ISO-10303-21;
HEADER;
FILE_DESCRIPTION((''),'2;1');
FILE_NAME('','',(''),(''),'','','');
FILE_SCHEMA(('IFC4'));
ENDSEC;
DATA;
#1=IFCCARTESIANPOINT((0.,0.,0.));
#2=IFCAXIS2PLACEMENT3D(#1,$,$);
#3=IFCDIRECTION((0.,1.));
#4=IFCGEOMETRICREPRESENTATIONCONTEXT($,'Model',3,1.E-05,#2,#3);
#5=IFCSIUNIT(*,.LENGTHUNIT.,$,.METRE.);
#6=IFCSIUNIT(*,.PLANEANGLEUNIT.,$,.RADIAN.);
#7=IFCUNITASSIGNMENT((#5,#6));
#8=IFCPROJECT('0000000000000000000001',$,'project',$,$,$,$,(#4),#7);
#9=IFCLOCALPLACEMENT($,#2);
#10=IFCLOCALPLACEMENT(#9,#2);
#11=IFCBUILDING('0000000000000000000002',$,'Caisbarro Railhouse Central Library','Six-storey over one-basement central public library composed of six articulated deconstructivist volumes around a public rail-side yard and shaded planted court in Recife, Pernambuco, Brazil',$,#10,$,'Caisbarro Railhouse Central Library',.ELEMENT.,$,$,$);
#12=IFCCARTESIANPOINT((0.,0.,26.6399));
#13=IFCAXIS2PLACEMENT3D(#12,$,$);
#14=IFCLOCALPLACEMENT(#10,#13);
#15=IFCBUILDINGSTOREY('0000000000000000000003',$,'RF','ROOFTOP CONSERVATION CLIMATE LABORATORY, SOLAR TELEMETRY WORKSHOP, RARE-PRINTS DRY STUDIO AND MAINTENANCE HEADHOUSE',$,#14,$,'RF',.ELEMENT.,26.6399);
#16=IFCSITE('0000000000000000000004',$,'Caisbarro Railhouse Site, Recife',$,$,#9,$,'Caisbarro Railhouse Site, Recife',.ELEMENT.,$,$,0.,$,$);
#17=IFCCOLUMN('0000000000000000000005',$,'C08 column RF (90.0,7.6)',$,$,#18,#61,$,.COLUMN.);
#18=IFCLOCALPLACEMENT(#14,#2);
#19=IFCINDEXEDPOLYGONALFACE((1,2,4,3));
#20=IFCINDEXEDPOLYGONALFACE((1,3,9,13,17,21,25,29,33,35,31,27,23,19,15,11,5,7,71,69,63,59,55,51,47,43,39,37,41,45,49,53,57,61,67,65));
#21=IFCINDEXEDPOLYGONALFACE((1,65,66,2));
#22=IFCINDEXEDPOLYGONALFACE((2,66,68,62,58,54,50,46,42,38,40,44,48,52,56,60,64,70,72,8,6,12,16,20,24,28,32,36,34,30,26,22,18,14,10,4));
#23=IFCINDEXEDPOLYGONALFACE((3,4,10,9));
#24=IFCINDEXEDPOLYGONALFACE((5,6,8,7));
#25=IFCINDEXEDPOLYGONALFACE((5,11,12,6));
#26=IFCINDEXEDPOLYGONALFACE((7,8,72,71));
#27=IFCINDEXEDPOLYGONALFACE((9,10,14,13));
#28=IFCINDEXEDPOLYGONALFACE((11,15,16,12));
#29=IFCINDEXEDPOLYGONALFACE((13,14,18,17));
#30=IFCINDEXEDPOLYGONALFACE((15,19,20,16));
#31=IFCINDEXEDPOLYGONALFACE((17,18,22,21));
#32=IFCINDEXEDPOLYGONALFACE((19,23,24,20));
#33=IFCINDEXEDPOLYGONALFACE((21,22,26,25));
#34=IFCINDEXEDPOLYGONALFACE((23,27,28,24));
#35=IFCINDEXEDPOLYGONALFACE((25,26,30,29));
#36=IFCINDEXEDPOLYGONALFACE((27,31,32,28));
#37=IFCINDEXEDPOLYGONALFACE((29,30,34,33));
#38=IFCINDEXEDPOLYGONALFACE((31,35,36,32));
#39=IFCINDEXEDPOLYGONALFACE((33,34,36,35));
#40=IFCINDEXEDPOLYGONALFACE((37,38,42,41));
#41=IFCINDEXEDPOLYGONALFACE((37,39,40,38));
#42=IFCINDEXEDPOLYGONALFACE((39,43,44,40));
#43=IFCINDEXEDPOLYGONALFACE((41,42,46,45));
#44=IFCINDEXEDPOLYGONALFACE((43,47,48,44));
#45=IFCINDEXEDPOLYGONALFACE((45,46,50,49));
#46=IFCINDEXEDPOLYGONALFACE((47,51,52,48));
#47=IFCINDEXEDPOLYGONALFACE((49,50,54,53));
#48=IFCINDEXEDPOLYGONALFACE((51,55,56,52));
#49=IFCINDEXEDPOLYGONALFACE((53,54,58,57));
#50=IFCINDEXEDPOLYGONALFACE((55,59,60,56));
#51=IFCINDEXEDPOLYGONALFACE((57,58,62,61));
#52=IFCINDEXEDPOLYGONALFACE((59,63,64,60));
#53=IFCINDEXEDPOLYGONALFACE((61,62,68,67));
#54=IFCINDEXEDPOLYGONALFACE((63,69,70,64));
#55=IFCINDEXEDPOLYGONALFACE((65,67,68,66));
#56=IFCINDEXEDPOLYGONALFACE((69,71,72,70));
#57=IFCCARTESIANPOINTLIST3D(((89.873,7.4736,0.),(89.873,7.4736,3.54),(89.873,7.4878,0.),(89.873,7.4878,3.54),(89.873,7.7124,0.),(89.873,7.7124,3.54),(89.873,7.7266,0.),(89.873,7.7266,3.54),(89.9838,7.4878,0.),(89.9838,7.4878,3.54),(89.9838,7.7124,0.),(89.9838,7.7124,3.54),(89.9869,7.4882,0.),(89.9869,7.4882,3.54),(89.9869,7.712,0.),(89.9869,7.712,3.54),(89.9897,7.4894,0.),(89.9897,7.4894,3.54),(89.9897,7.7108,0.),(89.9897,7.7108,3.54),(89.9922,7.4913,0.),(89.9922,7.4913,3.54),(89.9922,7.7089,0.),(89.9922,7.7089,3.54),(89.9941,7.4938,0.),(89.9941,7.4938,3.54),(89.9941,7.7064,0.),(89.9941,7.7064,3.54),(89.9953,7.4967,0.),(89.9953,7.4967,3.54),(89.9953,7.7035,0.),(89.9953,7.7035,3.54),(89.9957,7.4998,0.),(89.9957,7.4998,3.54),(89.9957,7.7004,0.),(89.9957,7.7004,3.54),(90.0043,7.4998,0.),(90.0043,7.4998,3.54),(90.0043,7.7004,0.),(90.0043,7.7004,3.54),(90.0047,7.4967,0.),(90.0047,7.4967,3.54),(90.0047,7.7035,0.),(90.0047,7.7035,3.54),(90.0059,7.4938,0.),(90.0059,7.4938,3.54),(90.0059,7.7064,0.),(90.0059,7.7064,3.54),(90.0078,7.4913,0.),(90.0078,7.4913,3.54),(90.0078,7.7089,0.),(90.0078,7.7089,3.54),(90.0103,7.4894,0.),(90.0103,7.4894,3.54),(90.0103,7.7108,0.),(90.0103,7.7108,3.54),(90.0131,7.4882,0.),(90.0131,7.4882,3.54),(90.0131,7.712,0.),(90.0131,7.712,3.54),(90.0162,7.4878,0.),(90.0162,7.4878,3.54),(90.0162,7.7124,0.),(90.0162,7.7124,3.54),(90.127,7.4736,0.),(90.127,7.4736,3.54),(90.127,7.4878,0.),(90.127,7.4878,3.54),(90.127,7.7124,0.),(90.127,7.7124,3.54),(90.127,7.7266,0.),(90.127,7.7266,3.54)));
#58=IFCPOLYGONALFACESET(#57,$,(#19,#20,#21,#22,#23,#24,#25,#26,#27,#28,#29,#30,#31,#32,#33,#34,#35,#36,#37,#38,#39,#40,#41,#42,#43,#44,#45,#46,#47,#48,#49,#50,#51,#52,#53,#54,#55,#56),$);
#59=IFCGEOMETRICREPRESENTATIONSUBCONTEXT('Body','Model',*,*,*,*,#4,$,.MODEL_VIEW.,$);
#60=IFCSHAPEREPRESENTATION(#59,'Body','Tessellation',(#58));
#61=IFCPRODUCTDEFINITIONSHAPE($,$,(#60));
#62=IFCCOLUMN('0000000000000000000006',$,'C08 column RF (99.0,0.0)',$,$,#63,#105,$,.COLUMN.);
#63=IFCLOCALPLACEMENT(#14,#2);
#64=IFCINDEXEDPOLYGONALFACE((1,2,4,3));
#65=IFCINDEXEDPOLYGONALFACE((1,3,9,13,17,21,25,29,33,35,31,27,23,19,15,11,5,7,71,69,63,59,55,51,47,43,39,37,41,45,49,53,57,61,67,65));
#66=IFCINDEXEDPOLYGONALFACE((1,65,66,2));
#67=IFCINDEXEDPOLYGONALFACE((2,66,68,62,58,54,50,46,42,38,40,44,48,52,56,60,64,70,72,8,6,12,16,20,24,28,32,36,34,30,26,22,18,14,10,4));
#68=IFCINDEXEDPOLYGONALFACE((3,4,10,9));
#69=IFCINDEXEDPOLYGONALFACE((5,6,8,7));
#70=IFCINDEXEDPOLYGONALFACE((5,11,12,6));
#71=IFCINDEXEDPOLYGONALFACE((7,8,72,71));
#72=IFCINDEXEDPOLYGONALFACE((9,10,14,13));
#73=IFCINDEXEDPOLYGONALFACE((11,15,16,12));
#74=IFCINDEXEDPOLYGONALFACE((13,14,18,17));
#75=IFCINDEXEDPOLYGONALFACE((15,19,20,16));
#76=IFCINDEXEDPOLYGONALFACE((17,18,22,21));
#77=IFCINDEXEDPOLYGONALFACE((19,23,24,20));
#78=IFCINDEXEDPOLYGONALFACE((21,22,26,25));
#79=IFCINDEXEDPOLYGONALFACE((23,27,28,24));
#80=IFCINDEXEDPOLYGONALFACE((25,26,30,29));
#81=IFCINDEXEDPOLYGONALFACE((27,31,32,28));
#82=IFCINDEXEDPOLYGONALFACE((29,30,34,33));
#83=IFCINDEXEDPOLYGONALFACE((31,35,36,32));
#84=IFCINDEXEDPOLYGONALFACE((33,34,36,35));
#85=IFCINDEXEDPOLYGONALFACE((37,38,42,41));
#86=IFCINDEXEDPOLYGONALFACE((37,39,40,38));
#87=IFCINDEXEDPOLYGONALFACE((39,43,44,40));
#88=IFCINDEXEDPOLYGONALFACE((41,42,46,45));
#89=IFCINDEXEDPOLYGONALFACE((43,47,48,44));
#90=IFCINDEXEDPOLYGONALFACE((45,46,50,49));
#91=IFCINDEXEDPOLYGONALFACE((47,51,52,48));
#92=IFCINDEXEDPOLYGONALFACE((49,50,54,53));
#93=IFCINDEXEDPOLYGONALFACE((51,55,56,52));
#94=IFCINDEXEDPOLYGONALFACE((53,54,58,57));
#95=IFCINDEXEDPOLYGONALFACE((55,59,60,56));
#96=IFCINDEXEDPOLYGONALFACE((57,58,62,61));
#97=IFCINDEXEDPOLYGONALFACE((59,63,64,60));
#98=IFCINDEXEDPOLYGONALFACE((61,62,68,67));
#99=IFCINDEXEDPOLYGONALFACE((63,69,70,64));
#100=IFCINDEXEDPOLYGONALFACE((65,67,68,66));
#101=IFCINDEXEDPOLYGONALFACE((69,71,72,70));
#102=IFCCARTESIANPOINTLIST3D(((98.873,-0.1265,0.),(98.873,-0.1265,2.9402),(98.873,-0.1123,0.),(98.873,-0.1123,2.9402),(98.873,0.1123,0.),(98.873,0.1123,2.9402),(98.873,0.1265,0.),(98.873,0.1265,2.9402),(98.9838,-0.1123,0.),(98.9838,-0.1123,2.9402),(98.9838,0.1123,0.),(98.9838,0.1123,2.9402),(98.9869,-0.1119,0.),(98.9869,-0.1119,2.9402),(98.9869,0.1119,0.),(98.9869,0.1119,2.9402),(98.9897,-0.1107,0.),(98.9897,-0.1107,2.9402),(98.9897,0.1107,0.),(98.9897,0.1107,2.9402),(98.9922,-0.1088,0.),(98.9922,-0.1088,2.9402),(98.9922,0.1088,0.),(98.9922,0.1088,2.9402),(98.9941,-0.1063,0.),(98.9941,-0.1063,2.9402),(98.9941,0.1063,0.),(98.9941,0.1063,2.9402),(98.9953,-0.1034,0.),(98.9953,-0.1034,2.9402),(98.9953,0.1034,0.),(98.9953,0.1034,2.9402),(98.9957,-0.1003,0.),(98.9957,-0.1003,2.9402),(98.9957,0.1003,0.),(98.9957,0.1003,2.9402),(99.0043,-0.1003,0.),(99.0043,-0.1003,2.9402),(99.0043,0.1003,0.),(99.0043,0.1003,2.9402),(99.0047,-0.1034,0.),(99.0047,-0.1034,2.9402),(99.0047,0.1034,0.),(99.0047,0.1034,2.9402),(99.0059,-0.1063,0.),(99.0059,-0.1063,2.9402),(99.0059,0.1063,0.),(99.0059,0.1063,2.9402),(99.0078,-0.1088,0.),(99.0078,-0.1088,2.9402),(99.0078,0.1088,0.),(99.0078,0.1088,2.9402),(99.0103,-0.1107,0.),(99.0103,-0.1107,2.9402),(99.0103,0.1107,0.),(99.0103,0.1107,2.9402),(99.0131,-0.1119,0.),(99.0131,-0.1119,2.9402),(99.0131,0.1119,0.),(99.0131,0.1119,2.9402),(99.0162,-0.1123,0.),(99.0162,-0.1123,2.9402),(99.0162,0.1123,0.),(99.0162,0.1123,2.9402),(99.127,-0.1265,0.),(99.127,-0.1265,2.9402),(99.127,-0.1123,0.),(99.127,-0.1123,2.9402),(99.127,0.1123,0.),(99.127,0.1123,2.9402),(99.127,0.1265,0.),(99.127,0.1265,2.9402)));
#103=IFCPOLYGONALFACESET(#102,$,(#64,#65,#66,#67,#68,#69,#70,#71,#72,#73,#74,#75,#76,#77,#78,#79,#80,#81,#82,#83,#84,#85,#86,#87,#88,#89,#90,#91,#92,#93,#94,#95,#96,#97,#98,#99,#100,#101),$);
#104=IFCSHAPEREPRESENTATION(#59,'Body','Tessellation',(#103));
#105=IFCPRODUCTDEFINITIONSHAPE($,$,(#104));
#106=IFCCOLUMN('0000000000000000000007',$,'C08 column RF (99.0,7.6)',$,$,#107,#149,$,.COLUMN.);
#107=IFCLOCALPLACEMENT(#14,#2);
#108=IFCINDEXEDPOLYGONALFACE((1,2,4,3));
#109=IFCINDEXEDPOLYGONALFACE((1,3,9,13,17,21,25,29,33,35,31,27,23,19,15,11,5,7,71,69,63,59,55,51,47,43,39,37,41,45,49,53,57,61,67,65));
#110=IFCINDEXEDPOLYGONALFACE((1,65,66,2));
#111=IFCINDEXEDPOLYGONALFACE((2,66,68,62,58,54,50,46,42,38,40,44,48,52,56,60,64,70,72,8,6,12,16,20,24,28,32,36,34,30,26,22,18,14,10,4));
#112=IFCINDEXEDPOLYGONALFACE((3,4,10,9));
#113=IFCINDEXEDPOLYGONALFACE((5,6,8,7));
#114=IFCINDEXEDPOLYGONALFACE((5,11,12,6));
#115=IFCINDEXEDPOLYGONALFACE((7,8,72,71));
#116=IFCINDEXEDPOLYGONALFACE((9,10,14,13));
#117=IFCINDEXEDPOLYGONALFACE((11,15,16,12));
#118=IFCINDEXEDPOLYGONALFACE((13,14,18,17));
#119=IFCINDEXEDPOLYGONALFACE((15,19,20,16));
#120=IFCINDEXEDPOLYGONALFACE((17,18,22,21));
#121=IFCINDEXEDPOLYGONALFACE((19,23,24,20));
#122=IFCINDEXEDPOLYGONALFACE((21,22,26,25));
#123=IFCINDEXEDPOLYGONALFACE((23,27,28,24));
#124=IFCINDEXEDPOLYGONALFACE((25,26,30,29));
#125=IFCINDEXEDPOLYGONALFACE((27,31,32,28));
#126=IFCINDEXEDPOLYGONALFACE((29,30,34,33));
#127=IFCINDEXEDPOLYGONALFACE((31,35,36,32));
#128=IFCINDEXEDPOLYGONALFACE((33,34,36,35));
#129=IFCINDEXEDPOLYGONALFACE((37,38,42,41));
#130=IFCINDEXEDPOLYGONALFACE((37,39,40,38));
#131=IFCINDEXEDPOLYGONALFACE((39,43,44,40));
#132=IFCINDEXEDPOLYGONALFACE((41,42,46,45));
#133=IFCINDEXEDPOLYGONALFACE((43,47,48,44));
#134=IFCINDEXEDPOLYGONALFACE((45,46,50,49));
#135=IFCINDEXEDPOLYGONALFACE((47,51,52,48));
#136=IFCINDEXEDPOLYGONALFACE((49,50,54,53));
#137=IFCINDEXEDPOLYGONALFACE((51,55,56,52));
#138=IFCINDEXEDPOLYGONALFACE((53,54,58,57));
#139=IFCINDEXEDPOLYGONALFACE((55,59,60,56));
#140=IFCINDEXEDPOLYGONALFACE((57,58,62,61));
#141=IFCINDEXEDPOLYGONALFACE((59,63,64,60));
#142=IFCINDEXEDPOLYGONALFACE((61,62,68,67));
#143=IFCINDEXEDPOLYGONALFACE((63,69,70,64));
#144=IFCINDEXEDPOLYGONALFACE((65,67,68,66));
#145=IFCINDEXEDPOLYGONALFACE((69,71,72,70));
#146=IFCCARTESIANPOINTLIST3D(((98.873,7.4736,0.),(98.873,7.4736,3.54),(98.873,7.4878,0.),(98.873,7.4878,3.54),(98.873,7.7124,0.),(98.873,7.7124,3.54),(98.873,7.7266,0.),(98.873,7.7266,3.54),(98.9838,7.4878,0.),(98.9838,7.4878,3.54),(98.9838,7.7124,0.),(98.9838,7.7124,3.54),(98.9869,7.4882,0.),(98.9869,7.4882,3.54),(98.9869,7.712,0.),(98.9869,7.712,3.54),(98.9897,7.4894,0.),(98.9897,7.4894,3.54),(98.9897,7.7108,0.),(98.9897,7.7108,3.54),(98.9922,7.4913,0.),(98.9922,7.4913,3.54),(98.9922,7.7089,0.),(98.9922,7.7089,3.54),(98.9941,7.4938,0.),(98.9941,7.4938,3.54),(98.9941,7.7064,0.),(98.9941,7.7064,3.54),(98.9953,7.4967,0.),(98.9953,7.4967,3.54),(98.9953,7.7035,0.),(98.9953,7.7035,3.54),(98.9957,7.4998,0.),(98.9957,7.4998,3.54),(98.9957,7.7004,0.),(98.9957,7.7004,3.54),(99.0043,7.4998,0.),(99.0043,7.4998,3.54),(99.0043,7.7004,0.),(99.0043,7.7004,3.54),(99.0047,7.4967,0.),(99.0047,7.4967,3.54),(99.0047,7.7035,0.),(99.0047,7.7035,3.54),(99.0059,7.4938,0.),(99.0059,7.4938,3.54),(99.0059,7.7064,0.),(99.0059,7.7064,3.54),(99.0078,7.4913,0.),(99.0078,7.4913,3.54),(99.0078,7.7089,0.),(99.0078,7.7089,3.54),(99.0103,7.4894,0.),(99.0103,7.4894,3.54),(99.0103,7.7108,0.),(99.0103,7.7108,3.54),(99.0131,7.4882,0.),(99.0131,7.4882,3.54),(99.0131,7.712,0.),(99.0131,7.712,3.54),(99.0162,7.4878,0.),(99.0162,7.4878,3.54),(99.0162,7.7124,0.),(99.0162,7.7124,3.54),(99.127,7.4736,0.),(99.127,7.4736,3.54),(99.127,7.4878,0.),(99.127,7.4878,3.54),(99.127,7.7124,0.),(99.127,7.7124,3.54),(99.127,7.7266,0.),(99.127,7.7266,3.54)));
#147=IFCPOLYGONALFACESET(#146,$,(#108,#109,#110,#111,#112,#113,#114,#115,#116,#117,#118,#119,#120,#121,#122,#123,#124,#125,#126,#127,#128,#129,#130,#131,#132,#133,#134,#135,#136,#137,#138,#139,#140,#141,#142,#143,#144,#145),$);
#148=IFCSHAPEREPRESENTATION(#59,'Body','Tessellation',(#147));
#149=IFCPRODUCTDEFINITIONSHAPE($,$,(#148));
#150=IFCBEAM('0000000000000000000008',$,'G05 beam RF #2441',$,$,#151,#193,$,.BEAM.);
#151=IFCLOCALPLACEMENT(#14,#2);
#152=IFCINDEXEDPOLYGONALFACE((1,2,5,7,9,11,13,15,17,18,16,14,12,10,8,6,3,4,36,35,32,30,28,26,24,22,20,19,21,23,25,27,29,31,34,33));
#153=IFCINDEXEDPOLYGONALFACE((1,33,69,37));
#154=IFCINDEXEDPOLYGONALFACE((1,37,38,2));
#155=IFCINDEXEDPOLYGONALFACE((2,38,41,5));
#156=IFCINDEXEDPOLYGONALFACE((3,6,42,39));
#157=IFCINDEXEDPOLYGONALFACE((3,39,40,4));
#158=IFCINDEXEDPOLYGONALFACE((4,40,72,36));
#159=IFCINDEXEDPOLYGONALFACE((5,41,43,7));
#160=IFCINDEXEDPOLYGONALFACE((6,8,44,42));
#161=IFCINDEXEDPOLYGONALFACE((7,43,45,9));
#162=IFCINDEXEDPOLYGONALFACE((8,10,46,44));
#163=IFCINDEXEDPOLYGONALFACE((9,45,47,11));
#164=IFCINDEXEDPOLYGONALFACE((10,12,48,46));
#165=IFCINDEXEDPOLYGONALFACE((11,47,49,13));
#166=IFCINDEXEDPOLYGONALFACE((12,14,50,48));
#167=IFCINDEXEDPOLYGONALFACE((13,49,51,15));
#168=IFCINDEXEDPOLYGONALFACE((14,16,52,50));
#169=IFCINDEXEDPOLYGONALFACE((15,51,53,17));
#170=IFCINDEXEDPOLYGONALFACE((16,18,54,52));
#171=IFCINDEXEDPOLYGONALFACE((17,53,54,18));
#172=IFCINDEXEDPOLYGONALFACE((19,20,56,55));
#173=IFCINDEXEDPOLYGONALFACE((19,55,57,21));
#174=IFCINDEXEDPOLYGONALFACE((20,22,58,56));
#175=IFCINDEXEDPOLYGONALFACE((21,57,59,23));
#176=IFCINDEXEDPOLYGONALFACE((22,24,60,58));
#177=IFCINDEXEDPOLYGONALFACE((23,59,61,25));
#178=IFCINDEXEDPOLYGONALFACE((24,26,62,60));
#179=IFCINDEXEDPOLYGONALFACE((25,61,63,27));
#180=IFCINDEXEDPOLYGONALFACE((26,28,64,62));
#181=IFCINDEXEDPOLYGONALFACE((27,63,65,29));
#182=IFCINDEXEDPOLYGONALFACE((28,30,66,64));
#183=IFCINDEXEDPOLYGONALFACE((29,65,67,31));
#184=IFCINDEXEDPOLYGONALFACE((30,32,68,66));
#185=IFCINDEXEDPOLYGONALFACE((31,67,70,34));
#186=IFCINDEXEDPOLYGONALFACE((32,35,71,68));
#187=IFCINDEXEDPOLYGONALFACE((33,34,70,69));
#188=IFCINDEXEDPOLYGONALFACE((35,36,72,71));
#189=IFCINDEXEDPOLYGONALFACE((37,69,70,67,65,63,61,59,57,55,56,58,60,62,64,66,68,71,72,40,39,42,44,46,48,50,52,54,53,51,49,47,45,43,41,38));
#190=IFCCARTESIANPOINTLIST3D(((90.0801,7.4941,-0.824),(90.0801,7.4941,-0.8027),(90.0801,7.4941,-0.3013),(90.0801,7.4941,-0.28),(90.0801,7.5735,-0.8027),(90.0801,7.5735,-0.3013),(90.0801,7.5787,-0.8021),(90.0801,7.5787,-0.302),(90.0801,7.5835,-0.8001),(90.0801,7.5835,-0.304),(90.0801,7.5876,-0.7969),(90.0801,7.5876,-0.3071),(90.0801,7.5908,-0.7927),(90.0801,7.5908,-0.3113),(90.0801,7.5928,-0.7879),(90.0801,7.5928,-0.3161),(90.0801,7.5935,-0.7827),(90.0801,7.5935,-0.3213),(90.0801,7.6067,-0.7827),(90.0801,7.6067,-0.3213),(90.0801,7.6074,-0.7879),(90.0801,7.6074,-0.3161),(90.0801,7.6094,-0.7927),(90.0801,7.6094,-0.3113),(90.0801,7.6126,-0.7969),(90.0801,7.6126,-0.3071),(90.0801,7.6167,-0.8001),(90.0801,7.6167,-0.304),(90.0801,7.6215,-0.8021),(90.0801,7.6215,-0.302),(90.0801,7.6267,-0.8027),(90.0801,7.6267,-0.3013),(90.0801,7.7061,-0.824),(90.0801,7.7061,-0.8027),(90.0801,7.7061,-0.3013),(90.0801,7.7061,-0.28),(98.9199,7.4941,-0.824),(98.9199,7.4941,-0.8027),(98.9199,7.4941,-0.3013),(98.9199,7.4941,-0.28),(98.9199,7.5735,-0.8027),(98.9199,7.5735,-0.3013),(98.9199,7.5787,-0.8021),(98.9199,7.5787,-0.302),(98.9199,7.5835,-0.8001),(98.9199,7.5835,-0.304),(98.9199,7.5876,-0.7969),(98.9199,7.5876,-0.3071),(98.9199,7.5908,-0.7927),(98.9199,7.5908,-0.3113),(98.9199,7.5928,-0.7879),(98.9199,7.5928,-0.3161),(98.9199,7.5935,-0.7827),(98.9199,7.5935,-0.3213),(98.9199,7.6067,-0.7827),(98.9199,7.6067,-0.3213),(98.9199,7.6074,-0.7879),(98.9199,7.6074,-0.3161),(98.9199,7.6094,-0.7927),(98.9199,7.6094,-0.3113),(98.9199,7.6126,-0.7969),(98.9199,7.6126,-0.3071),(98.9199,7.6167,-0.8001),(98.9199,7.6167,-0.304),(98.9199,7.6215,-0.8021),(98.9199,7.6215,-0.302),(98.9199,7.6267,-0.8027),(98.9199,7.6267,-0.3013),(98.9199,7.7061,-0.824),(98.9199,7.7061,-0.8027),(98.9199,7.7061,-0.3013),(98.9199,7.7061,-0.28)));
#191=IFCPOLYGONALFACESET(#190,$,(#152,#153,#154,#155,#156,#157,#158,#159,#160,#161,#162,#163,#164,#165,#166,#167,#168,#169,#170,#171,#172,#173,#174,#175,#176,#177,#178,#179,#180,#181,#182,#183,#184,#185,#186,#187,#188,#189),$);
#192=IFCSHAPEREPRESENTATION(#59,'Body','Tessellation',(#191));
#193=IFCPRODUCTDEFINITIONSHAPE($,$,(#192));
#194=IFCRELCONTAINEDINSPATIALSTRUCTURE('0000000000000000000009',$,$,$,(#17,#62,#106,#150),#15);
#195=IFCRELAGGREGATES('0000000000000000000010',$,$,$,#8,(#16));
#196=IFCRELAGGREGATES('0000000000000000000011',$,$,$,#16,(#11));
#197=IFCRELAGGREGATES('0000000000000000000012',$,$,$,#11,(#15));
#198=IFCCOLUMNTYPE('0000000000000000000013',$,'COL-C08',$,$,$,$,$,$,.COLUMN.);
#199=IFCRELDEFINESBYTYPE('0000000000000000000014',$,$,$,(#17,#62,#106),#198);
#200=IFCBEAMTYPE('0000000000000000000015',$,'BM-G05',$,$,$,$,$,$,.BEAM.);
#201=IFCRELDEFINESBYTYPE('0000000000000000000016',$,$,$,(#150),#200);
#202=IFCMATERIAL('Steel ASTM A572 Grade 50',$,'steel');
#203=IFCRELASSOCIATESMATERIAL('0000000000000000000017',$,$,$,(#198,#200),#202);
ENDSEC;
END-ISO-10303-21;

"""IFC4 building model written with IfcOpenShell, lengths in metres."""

from ifc_helpers import new_model, si_unit, direction, frame, origin, origin_2d, place, context, subcontext, project, spatial, i_section, extrude, material, material_profile, profile_set, type_object, element, save


model = new_model("IFC4")

# Units and contexts
model_context = context("Model", 3, precision=1e-05, world=origin(), true_north=direction((0.0, 1.0)))
body_context = subcontext(model_context, "Body", "Model", "MODEL_VIEW")
ifc_project = project(units=[si_unit("LENGTHUNIT", "METRE"), si_unit("PLANEANGLEUNIT", "RADIAN")], contexts=[model_context])

# Site, building, storey
site_placement = place(None, origin())
site = spatial("IfcSite", under=ifc_project, at=site_placement, Name="Caisbarro Railhouse Site, Recife", LongName="Caisbarro Railhouse Site, Recife", CompositionType="ELEMENT", RefElevation=0.0)
building_placement = place(site_placement, origin())
building = spatial("IfcBuilding", under=site, at=building_placement, Name="Caisbarro Railhouse Central Library", Description="Six-storey over one-basement central public library composed of six articulated deconstructivist volumes around a public rail-side yard and shaded planted court in Recife, Pernambuco, Brazil", LongName="Caisbarro Railhouse Central Library", CompositionType="ELEMENT")
storey_placement = place(building_placement, frame((0.0, 0.0, 26.6399)))
storey = spatial("IfcBuildingStorey", under=building, at=storey_placement, Name="RF", Description="ROOFTOP CONSERVATION CLIMATE LABORATORY, SOLAR TELEMETRY WORKSHOP, RARE-PRINTS DRY STUDIO AND MAINTENANCE HEADHOUSE", LongName="RF", CompositionType="ELEMENT", Elevation=26.6399)

# Columns
ifc_material_1 = material(Name="Steel ASTM A572 Grade 50", Category="steel")
ifc_material_profile_1 = material_profile(ifc_material_1, i_section(OverallWidth=0.2539, OverallDepth=0.2529, WebThickness=0.0085, FlangeThickness=0.0142, FilletRadius=0.012, at=origin_2d()), Name="W250X73.0")
ifc_profile_set_1 = profile_set([ifc_material_profile_1], Name="Steel ASTM A572 Grade 50")
column_type = type_object("IfcColumnType", Name="COL-C08", PredefinedType="COLUMN", material=ifc_profile_set_1)
column_1_placement = place(storey_placement, frame((90.0, 7.6001, 0.0), z_axis=(0.0, 0.0, 1.0), x_axis=(1.0, 0.0, 0.0)))
element("IfcColumn", 1, at=column_1_placement, inside=storey, type_object=column_type, Name="C08 column RF (90.0,7.6)", PredefinedType="COLUMN", context=body_context, shape_type="SweptSolid", body=[
    extrude(i_section(OverallWidth=0.2539, OverallDepth=0.2529, WebThickness=0.0085, FlangeThickness=0.0142, FilletRadius=0.012, at=origin_2d()), origin(), (0.0, 0.0, 1.0), 3.54),
])
column_2_placement = place(storey_placement, frame((99.0, 0.0, 0.0), z_axis=(0.0, 0.0, 1.0), x_axis=(1.0, 0.0, 0.0)))
element("IfcColumn", 2, at=column_2_placement, inside=storey, type_object=column_type, Name="C08 column RF (99.0,0.0)", PredefinedType="COLUMN", context=body_context, shape_type="SweptSolid", body=[
    extrude(i_section(OverallWidth=0.2539, OverallDepth=0.2529, WebThickness=0.0085, FlangeThickness=0.0142, FilletRadius=0.012, at=origin_2d()), origin(), (0.0, 0.0, 1.0), 2.9402),
])
column_3_placement = place(storey_placement, frame((99.0, 7.6001, 0.0), z_axis=(0.0, 0.0, 1.0), x_axis=(1.0, 0.0, 0.0)))
element("IfcColumn", 3, at=column_3_placement, inside=storey, type_object=column_type, Name="C08 column RF (99.0,7.6)", PredefinedType="COLUMN", context=body_context, shape_type="SweptSolid", body=[
    extrude(i_section(OverallWidth=0.2539, OverallDepth=0.2529, WebThickness=0.0085, FlangeThickness=0.0142, FilletRadius=0.012, at=origin_2d()), origin(), (0.0, 0.0, 1.0), 3.54),
])

# Beam
ifc_material_profile_2 = material_profile(ifc_material_1, i_section(OverallWidth=0.2119, OverallDepth=0.5439, WebThickness=0.0132, FlangeThickness=0.0212, FilletRadius=0.02, at=origin_2d()), Name="W530X123.0")
ifc_profile_set_2 = profile_set([ifc_material_profile_2], Name="Steel ASTM A572 Grade 50")
beam_type_1 = type_object("IfcBeamType", Name="BM-G05", PredefinedType="BEAM", material=ifc_profile_set_2)
beam_1_placement = place(storey_placement, frame((90.0801, 7.6001, -0.552), z_axis=(1.0, 0.0, 0.0), x_axis=(0.0, 1.0, 0.0)))
element("IfcBeam", 4, at=beam_1_placement, inside=storey, type_object=beam_type_1, Name="G05 beam RF #2441", PredefinedType="BEAM", context=body_context, shape_type="SweptSolid", body=[
    extrude(i_section(OverallWidth=0.2119, OverallDepth=0.5439, WebThickness=0.0132, FlangeThickness=0.0212, FilletRadius=0.02, at=origin_2d()), origin(), (0.0, 0.0, 1.0), 8.8398),
])

save(model, "model.ifc")
